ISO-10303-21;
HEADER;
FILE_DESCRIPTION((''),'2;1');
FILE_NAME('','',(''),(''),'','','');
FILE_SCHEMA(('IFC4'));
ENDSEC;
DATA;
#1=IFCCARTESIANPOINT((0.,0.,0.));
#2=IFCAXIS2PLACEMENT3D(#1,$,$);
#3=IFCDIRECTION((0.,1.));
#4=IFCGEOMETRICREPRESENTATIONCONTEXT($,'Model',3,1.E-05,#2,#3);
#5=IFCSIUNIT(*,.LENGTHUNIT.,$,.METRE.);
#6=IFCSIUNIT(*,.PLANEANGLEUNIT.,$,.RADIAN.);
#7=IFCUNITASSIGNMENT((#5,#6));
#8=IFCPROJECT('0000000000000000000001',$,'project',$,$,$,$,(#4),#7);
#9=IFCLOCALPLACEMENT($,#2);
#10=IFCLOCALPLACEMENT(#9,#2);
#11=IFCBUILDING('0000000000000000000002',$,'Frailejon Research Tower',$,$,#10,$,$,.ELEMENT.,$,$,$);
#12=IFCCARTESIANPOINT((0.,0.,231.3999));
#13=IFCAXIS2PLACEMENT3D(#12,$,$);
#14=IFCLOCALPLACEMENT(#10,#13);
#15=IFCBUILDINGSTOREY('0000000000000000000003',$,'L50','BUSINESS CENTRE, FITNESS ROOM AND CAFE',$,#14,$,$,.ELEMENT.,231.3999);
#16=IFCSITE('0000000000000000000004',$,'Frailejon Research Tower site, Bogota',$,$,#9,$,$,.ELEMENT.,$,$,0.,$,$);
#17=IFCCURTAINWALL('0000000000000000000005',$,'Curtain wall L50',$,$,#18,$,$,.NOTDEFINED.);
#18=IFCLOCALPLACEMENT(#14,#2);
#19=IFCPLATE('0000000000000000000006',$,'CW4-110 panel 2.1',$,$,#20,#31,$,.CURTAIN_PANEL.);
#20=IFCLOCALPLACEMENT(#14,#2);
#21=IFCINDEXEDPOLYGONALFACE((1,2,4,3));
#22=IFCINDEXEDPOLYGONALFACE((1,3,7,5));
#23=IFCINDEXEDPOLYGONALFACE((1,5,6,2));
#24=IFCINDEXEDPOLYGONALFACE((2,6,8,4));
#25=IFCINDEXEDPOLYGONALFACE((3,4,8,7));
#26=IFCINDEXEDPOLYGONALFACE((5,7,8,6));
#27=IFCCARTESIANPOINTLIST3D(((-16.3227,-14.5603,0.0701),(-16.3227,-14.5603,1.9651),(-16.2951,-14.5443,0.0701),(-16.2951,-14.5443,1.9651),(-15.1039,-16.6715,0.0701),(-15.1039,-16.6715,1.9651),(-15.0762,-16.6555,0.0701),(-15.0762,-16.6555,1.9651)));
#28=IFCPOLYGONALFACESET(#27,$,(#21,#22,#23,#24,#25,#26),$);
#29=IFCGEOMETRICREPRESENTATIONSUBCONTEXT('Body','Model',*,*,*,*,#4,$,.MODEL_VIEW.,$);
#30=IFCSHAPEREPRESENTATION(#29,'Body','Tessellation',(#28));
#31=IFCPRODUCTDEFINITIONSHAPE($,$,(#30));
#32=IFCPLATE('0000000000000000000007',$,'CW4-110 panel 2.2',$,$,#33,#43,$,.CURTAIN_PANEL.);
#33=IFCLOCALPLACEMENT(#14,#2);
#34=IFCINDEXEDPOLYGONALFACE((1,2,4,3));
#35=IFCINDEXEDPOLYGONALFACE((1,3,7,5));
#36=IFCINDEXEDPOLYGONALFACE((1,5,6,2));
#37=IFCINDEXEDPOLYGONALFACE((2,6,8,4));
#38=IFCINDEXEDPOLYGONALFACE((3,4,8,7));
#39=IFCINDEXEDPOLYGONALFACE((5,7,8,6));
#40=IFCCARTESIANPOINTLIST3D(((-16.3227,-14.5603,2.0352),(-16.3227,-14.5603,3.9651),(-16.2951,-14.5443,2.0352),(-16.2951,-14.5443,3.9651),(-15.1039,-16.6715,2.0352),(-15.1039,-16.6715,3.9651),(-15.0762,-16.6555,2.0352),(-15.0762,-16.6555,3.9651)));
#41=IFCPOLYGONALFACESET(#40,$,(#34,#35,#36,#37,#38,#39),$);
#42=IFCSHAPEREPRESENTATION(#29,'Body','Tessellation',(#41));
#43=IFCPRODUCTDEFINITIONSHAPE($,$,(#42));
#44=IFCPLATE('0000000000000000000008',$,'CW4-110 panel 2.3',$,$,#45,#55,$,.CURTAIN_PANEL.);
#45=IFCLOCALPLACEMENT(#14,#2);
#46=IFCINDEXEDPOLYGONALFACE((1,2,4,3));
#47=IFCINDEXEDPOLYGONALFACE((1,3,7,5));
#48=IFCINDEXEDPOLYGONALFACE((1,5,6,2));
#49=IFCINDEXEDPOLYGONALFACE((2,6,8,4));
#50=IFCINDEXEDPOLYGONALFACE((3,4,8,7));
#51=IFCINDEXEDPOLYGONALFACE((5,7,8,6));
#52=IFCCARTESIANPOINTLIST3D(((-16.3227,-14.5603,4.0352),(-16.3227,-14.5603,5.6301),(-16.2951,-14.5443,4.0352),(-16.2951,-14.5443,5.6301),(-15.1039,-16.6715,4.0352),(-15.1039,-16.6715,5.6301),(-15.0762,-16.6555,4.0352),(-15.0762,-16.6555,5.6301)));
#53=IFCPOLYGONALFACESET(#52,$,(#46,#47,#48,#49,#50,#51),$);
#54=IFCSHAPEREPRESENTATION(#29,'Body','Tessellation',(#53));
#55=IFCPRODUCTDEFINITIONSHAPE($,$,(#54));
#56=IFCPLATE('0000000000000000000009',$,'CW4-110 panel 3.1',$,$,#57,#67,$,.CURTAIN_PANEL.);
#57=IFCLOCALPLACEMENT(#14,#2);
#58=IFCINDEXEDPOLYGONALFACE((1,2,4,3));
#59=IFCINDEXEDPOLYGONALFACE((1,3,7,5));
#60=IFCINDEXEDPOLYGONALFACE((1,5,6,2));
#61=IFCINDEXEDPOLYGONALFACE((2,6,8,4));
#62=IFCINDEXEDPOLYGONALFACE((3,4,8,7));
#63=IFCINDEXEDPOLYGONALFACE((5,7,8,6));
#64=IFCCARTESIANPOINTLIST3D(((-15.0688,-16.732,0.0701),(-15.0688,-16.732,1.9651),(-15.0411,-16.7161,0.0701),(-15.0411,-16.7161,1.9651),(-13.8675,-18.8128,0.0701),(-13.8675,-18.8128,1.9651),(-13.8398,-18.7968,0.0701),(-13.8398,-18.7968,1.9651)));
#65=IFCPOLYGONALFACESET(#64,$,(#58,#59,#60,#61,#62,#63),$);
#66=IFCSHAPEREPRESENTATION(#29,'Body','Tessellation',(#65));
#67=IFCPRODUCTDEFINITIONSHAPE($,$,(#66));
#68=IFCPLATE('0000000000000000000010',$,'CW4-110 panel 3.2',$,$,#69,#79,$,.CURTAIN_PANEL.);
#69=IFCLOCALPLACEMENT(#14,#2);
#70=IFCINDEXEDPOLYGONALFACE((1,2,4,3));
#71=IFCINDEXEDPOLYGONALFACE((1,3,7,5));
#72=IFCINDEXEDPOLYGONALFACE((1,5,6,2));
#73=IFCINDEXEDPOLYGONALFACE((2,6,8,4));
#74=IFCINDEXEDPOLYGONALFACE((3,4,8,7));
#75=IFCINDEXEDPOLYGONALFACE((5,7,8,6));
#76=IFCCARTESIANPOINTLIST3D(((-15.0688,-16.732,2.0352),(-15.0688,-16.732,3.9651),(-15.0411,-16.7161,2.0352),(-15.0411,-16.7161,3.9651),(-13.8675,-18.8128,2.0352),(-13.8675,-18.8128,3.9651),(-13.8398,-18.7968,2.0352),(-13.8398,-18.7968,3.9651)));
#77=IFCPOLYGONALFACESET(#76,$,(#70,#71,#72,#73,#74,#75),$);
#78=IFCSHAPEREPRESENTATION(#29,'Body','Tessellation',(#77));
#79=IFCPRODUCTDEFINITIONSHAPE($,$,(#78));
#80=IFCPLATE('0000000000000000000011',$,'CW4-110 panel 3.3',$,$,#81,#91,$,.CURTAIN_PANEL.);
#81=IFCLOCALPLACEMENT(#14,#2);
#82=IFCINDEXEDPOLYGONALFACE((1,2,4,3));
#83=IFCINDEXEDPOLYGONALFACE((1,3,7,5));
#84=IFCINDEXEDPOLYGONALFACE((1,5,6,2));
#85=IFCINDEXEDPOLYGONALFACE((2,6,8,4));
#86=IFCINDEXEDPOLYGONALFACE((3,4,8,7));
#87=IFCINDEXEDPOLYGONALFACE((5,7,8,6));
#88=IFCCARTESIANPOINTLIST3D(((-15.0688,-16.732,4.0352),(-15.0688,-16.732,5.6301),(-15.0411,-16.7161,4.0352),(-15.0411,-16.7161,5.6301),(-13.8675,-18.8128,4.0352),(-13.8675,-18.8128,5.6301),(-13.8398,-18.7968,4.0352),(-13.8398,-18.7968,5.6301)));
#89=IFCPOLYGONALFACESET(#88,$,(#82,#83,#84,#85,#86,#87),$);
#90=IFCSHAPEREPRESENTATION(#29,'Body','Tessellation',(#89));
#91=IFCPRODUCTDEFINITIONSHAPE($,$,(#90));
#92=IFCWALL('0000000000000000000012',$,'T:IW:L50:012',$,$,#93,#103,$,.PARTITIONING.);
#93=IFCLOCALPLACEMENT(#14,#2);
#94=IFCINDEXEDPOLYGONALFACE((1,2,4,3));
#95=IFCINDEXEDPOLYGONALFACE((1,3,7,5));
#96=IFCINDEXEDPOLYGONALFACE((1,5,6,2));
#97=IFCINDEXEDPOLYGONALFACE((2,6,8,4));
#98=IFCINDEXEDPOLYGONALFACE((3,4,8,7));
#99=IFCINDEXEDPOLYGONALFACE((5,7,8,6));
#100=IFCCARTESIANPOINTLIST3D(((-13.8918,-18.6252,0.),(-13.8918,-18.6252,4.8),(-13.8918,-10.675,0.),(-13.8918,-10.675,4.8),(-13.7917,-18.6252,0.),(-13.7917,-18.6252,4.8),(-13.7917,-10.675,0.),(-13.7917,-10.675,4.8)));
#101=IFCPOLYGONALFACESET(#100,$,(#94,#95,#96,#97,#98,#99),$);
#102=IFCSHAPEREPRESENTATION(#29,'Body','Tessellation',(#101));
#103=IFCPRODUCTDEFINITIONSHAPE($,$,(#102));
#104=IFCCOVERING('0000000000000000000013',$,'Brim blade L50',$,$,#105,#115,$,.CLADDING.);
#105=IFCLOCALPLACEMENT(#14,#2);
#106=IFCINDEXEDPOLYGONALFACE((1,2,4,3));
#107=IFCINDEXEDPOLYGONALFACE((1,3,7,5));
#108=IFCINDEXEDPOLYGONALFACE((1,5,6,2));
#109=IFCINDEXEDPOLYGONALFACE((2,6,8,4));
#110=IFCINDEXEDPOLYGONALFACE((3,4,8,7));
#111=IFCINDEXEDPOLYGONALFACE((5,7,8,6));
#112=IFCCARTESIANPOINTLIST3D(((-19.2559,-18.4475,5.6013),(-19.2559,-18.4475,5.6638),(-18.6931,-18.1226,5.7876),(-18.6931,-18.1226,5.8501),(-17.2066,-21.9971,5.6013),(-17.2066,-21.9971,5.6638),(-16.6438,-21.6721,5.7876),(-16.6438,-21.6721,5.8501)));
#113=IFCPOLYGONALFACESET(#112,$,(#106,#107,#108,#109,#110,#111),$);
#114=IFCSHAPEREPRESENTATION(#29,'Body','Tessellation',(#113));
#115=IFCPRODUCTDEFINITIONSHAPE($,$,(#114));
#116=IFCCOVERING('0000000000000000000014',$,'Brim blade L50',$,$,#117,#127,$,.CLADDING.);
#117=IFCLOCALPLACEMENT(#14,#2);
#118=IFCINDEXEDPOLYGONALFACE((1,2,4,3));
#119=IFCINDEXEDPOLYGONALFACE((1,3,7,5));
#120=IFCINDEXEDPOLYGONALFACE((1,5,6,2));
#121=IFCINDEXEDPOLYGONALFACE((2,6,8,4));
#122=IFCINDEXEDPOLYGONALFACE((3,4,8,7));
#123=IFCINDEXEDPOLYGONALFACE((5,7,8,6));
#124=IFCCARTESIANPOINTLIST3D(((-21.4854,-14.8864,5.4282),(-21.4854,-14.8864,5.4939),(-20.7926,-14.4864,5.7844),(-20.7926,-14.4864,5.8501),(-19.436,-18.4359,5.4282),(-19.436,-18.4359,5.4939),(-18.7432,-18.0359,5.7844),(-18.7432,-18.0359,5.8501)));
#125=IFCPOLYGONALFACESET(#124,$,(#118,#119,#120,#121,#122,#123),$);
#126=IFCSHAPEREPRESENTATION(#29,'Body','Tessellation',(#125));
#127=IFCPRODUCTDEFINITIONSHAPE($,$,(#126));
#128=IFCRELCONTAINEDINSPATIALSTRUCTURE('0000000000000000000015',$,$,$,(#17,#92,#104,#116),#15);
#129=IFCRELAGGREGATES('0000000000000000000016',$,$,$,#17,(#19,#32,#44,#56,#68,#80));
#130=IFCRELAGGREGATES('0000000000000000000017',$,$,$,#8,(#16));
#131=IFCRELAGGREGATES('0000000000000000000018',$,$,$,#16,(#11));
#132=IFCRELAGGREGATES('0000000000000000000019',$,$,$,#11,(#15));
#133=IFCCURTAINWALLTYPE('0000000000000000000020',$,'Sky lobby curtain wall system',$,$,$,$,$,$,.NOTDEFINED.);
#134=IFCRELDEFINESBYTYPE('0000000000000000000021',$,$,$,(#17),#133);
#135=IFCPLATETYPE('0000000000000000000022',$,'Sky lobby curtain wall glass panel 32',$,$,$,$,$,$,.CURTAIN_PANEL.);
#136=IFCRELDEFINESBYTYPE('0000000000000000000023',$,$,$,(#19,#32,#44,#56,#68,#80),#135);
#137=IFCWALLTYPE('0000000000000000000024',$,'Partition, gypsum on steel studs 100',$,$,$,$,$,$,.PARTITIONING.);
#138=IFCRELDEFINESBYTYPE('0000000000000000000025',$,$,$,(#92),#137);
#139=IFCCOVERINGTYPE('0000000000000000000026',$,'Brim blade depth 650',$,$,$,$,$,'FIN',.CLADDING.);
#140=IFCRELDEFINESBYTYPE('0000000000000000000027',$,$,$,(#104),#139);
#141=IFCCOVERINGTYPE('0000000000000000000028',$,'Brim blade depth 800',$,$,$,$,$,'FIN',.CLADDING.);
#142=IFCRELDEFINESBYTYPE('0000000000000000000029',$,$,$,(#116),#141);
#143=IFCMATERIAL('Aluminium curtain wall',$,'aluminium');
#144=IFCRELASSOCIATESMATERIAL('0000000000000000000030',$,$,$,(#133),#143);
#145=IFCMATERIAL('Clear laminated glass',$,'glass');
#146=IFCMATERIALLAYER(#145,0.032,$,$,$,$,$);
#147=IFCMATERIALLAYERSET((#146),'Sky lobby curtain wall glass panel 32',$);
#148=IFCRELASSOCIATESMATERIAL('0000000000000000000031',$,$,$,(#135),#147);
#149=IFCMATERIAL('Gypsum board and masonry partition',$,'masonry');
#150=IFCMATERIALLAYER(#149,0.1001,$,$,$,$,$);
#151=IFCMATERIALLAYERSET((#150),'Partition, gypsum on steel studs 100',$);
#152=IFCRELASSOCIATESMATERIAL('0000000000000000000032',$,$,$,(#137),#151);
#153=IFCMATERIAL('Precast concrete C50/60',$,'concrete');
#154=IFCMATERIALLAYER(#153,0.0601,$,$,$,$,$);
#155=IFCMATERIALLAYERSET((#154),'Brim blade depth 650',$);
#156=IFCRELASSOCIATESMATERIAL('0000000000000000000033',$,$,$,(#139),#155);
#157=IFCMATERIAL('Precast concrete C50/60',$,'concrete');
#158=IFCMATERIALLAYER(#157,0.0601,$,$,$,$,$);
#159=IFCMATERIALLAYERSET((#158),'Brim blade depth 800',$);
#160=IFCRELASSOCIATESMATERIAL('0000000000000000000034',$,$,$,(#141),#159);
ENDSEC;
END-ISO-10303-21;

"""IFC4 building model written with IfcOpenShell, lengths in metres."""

from ifc_helpers import new_model, si_unit, direction, frame, frame_2d, origin, origin_2d, place, context, subcontext, project, spatial, polyline, rectangle, outline, extrude, material, layer, layer_set, type_object, element, aggregate, save


model = new_model("IFC4")

# Units and contexts
model_context = context("Model", 3, precision=1e-05, world=origin(), true_north=direction((0.0, 1.0)))
body_context = subcontext(model_context, "Body", "Model", "MODEL_VIEW")
ifc_project = project(units=[si_unit("LENGTHUNIT", "METRE"), si_unit("PLANEANGLEUNIT", "RADIAN")], contexts=[model_context])

# Site, building, storey
site_placement = place(None, origin())
site = spatial("IfcSite", under=ifc_project, at=site_placement, Name="Frailejon Research Tower site, Bogota", CompositionType="ELEMENT", RefElevation=0.0)
building_placement = place(site_placement, origin())
building = spatial("IfcBuilding", under=site, at=building_placement, Name="Frailejon Research Tower", CompositionType="ELEMENT")
storey_placement = place(building_placement, frame((0.0, 0.0, 231.3999)))
storey = spatial("IfcBuildingStorey", under=building, at=storey_placement, Name="L50", Description="BUSINESS CENTRE, FITNESS ROOM AND CAFE", CompositionType="ELEMENT", Elevation=231.3999)

# Curtain wall
ifc_material_1 = material(Name="Aluminium curtain wall", Category="aluminium")
curtain_wall_type = type_object("IfcCurtainWallType", Name="Sky lobby curtain wall system", PredefinedType="NOTDEFINED", material=ifc_material_1)
curtain_wall_placement = place(storey_placement, origin())
curtain_wall = element("IfcCurtainWall", 1, at=curtain_wall_placement, inside=storey, type_object=curtain_wall_type, Name="Curtain wall L50", PredefinedType="NOTDEFINED")

# Plates
ifc_material_2 = material(Name="Clear laminated glass", Category="glass")
ifc_layer_1 = layer(ifc_material_2, 0.032)
ifc_layer_set_1 = layer_set([ifc_layer_1], Name="Sky lobby curtain wall glass panel 32")
plate_type = type_object("IfcPlateType", Name="Sky lobby curtain wall glass panel 32", PredefinedType="CURTAIN_PANEL", material=ifc_layer_set_1)
plate_1_placement = place(storey_placement, frame((-15.6995, -15.6079, 0.0701), z_axis=(0.0, 0.0, 1.0), x_axis=(0.500001, -0.866025, 0.0)))
plate_1 = element("IfcPlate", 2, at=plate_1_placement, type_object=plate_type, Name="CW4-110 panel 2.1", PredefinedType="CURTAIN_PANEL", context=body_context, shape_type="SweptSolid", body=[
    extrude(rectangle(XDim=2.4377, YDim=0.032, at=origin_2d()), origin(), (0.0, 0.0, 1.0), 1.895),
])
plate_2_placement = place(storey_placement, frame((-15.6995, -15.6079, 2.0352), z_axis=(0.0, 0.0, 1.0), x_axis=(0.500001, -0.866025, 0.0)))
plate_2 = element("IfcPlate", 3, at=plate_2_placement, type_object=plate_type, Name="CW4-110 panel 2.2", PredefinedType="CURTAIN_PANEL", context=body_context, shape_type="SweptSolid", body=[
    extrude(rectangle(XDim=2.4377, YDim=0.032, at=origin_2d()), origin(), (0.0, 0.0, 1.0), 1.9299),
])
plate_3_placement = place(storey_placement, frame((-15.6995, -15.6079, 4.0352), z_axis=(0.0, 0.0, 1.0), x_axis=(0.500001, -0.866025, 0.0)))
plate_3 = element("IfcPlate", 4, at=plate_3_placement, type_object=plate_type, Name="CW4-110 panel 2.3", PredefinedType="CURTAIN_PANEL", context=body_context, shape_type="SweptSolid", body=[
    extrude(rectangle(XDim=2.4377, YDim=0.032, at=origin_2d()), origin(), (0.0, 0.0, 1.0), 1.595),
])
plate_4_placement = place(storey_placement, frame((-14.4543, -17.7644, 0.0701), z_axis=(0.0, 0.0, 1.0), x_axis=(0.500001, -0.866025, 0.0)))
plate_4 = element("IfcPlate", 5, at=plate_4_placement, type_object=plate_type, Name="CW4-110 panel 3.1", PredefinedType="CURTAIN_PANEL", context=body_context, shape_type="SweptSolid", body=[
    extrude(rectangle(XDim=2.4026, YDim=0.032, at=origin_2d()), origin(), (0.0, 0.0, 1.0), 1.895),
])
plate_5_placement = place(storey_placement, frame((-14.4543, -17.7644, 2.0352), z_axis=(0.0, 0.0, 1.0), x_axis=(0.500001, -0.866025, 0.0)))
plate_5 = element("IfcPlate", 6, at=plate_5_placement, type_object=plate_type, Name="CW4-110 panel 3.2", PredefinedType="CURTAIN_PANEL", context=body_context, shape_type="SweptSolid", body=[
    extrude(rectangle(XDim=2.4026, YDim=0.032, at=origin_2d()), origin(), (0.0, 0.0, 1.0), 1.9299),
])
plate_6_placement = place(storey_placement, frame((-14.4543, -17.7644, 4.0352), z_axis=(0.0, 0.0, 1.0), x_axis=(0.500001, -0.866025, 0.0)))
plate_6 = element("IfcPlate", 7, at=plate_6_placement, type_object=plate_type, Name="CW4-110 panel 3.3", PredefinedType="CURTAIN_PANEL", context=body_context, shape_type="SweptSolid", body=[
    extrude(rectangle(XDim=2.4026, YDim=0.032, at=origin_2d()), origin(), (0.0, 0.0, 1.0), 1.595),
])
aggregate(curtain_wall, [plate_1, plate_2, plate_3, plate_4, plate_5, plate_6])

# Wall
ifc_material_3 = material(Name="Gypsum board and masonry partition", Category="masonry")
ifc_layer_2 = layer(ifc_material_3, 0.1001)
ifc_layer_set_2 = layer_set([ifc_layer_2], Name="Partition, gypsum on steel studs 100")
wall_type = type_object("IfcWallType", Name="Partition, gypsum on steel studs 100", PredefinedType="PARTITIONING", material=ifc_layer_set_2)
wall_placement = place(storey_placement, frame((-13.8418, -18.6252, 0.0), z_axis=(0.0, 0.0, 1.0), x_axis=(0.0, 1.0, 0.0)))
element("IfcWall", 8, at=wall_placement, inside=storey, type_object=wall_type, Name="T:IW:L50:012", PredefinedType="PARTITIONING", context=body_context, shape_type="SweptSolid", body=[
    extrude(rectangle(XDim=7.9502, YDim=0.1001, at=frame_2d((3.9751, 0.0))), origin(), (0.0, 0.0, 1.0), 4.8),
])

# Coverings
ifc_material_4 = material(Name="Precast concrete C50/60", Category="concrete")
ifc_layer_3 = layer(ifc_material_4, 0.0601)
ifc_layer_set_3 = layer_set([ifc_layer_3], Name="Brim blade depth 650")
covering_type_1 = type_object("IfcCoveringType", Name="Brim blade depth 650", ElementType="FIN", PredefinedType="CLADDING", material=ifc_layer_set_3)
covering_1_placement = place(storey_placement, frame((-16.6438, -21.6721, 5.8501), z_axis=(-0.499989, 0.866032, 0.0), x_axis=(-0.866032, -0.499989, 0.0)))
element("IfcCovering", 9, at=covering_1_placement, inside=storey, type_object=covering_type_1, Name="Brim blade L50", PredefinedType="CLADDING", context=body_context, shape_type="SweptSolid", body=[
    extrude(outline(polyline([(0.0, -0.0625), (0.6499, -0.2488), (0.6499, -0.1863), (0.0, 0.0), (0.0, -0.0625)])), origin(), (0.0, 0.0, 1.0), 4.0986),
])
ifc_material_5 = material(Name="Precast concrete C50/60", Category="concrete")
ifc_layer_4 = layer(ifc_material_5, 0.0601)
ifc_layer_set_4 = layer_set([ifc_layer_4], Name="Brim blade depth 800")
covering_type_2 = type_object("IfcCoveringType", Name="Brim blade depth 800", ElementType="FIN", PredefinedType="CLADDING", material=ifc_layer_set_4)
covering_2_placement = place(storey_placement, frame((-18.7432, -18.0359, 5.8501), z_axis=(-0.500017, 0.866015, 0.0), x_axis=(-0.866015, -0.500017, 0.0)))
element("IfcCovering", 10, at=covering_2_placement, inside=storey, type_object=covering_type_2, Name="Brim blade L50", PredefinedType="CLADDING", context=body_context, shape_type="SweptSolid", body=[
    extrude(outline(polyline([(0.0, -0.0657), (0.8, -0.4219), (0.8, -0.3562), (0.0, 0.0), (0.0, -0.0657)])), origin(), (0.0, 0.0, 1.0), 4.0986),
])

save(model, "model.ifc")
